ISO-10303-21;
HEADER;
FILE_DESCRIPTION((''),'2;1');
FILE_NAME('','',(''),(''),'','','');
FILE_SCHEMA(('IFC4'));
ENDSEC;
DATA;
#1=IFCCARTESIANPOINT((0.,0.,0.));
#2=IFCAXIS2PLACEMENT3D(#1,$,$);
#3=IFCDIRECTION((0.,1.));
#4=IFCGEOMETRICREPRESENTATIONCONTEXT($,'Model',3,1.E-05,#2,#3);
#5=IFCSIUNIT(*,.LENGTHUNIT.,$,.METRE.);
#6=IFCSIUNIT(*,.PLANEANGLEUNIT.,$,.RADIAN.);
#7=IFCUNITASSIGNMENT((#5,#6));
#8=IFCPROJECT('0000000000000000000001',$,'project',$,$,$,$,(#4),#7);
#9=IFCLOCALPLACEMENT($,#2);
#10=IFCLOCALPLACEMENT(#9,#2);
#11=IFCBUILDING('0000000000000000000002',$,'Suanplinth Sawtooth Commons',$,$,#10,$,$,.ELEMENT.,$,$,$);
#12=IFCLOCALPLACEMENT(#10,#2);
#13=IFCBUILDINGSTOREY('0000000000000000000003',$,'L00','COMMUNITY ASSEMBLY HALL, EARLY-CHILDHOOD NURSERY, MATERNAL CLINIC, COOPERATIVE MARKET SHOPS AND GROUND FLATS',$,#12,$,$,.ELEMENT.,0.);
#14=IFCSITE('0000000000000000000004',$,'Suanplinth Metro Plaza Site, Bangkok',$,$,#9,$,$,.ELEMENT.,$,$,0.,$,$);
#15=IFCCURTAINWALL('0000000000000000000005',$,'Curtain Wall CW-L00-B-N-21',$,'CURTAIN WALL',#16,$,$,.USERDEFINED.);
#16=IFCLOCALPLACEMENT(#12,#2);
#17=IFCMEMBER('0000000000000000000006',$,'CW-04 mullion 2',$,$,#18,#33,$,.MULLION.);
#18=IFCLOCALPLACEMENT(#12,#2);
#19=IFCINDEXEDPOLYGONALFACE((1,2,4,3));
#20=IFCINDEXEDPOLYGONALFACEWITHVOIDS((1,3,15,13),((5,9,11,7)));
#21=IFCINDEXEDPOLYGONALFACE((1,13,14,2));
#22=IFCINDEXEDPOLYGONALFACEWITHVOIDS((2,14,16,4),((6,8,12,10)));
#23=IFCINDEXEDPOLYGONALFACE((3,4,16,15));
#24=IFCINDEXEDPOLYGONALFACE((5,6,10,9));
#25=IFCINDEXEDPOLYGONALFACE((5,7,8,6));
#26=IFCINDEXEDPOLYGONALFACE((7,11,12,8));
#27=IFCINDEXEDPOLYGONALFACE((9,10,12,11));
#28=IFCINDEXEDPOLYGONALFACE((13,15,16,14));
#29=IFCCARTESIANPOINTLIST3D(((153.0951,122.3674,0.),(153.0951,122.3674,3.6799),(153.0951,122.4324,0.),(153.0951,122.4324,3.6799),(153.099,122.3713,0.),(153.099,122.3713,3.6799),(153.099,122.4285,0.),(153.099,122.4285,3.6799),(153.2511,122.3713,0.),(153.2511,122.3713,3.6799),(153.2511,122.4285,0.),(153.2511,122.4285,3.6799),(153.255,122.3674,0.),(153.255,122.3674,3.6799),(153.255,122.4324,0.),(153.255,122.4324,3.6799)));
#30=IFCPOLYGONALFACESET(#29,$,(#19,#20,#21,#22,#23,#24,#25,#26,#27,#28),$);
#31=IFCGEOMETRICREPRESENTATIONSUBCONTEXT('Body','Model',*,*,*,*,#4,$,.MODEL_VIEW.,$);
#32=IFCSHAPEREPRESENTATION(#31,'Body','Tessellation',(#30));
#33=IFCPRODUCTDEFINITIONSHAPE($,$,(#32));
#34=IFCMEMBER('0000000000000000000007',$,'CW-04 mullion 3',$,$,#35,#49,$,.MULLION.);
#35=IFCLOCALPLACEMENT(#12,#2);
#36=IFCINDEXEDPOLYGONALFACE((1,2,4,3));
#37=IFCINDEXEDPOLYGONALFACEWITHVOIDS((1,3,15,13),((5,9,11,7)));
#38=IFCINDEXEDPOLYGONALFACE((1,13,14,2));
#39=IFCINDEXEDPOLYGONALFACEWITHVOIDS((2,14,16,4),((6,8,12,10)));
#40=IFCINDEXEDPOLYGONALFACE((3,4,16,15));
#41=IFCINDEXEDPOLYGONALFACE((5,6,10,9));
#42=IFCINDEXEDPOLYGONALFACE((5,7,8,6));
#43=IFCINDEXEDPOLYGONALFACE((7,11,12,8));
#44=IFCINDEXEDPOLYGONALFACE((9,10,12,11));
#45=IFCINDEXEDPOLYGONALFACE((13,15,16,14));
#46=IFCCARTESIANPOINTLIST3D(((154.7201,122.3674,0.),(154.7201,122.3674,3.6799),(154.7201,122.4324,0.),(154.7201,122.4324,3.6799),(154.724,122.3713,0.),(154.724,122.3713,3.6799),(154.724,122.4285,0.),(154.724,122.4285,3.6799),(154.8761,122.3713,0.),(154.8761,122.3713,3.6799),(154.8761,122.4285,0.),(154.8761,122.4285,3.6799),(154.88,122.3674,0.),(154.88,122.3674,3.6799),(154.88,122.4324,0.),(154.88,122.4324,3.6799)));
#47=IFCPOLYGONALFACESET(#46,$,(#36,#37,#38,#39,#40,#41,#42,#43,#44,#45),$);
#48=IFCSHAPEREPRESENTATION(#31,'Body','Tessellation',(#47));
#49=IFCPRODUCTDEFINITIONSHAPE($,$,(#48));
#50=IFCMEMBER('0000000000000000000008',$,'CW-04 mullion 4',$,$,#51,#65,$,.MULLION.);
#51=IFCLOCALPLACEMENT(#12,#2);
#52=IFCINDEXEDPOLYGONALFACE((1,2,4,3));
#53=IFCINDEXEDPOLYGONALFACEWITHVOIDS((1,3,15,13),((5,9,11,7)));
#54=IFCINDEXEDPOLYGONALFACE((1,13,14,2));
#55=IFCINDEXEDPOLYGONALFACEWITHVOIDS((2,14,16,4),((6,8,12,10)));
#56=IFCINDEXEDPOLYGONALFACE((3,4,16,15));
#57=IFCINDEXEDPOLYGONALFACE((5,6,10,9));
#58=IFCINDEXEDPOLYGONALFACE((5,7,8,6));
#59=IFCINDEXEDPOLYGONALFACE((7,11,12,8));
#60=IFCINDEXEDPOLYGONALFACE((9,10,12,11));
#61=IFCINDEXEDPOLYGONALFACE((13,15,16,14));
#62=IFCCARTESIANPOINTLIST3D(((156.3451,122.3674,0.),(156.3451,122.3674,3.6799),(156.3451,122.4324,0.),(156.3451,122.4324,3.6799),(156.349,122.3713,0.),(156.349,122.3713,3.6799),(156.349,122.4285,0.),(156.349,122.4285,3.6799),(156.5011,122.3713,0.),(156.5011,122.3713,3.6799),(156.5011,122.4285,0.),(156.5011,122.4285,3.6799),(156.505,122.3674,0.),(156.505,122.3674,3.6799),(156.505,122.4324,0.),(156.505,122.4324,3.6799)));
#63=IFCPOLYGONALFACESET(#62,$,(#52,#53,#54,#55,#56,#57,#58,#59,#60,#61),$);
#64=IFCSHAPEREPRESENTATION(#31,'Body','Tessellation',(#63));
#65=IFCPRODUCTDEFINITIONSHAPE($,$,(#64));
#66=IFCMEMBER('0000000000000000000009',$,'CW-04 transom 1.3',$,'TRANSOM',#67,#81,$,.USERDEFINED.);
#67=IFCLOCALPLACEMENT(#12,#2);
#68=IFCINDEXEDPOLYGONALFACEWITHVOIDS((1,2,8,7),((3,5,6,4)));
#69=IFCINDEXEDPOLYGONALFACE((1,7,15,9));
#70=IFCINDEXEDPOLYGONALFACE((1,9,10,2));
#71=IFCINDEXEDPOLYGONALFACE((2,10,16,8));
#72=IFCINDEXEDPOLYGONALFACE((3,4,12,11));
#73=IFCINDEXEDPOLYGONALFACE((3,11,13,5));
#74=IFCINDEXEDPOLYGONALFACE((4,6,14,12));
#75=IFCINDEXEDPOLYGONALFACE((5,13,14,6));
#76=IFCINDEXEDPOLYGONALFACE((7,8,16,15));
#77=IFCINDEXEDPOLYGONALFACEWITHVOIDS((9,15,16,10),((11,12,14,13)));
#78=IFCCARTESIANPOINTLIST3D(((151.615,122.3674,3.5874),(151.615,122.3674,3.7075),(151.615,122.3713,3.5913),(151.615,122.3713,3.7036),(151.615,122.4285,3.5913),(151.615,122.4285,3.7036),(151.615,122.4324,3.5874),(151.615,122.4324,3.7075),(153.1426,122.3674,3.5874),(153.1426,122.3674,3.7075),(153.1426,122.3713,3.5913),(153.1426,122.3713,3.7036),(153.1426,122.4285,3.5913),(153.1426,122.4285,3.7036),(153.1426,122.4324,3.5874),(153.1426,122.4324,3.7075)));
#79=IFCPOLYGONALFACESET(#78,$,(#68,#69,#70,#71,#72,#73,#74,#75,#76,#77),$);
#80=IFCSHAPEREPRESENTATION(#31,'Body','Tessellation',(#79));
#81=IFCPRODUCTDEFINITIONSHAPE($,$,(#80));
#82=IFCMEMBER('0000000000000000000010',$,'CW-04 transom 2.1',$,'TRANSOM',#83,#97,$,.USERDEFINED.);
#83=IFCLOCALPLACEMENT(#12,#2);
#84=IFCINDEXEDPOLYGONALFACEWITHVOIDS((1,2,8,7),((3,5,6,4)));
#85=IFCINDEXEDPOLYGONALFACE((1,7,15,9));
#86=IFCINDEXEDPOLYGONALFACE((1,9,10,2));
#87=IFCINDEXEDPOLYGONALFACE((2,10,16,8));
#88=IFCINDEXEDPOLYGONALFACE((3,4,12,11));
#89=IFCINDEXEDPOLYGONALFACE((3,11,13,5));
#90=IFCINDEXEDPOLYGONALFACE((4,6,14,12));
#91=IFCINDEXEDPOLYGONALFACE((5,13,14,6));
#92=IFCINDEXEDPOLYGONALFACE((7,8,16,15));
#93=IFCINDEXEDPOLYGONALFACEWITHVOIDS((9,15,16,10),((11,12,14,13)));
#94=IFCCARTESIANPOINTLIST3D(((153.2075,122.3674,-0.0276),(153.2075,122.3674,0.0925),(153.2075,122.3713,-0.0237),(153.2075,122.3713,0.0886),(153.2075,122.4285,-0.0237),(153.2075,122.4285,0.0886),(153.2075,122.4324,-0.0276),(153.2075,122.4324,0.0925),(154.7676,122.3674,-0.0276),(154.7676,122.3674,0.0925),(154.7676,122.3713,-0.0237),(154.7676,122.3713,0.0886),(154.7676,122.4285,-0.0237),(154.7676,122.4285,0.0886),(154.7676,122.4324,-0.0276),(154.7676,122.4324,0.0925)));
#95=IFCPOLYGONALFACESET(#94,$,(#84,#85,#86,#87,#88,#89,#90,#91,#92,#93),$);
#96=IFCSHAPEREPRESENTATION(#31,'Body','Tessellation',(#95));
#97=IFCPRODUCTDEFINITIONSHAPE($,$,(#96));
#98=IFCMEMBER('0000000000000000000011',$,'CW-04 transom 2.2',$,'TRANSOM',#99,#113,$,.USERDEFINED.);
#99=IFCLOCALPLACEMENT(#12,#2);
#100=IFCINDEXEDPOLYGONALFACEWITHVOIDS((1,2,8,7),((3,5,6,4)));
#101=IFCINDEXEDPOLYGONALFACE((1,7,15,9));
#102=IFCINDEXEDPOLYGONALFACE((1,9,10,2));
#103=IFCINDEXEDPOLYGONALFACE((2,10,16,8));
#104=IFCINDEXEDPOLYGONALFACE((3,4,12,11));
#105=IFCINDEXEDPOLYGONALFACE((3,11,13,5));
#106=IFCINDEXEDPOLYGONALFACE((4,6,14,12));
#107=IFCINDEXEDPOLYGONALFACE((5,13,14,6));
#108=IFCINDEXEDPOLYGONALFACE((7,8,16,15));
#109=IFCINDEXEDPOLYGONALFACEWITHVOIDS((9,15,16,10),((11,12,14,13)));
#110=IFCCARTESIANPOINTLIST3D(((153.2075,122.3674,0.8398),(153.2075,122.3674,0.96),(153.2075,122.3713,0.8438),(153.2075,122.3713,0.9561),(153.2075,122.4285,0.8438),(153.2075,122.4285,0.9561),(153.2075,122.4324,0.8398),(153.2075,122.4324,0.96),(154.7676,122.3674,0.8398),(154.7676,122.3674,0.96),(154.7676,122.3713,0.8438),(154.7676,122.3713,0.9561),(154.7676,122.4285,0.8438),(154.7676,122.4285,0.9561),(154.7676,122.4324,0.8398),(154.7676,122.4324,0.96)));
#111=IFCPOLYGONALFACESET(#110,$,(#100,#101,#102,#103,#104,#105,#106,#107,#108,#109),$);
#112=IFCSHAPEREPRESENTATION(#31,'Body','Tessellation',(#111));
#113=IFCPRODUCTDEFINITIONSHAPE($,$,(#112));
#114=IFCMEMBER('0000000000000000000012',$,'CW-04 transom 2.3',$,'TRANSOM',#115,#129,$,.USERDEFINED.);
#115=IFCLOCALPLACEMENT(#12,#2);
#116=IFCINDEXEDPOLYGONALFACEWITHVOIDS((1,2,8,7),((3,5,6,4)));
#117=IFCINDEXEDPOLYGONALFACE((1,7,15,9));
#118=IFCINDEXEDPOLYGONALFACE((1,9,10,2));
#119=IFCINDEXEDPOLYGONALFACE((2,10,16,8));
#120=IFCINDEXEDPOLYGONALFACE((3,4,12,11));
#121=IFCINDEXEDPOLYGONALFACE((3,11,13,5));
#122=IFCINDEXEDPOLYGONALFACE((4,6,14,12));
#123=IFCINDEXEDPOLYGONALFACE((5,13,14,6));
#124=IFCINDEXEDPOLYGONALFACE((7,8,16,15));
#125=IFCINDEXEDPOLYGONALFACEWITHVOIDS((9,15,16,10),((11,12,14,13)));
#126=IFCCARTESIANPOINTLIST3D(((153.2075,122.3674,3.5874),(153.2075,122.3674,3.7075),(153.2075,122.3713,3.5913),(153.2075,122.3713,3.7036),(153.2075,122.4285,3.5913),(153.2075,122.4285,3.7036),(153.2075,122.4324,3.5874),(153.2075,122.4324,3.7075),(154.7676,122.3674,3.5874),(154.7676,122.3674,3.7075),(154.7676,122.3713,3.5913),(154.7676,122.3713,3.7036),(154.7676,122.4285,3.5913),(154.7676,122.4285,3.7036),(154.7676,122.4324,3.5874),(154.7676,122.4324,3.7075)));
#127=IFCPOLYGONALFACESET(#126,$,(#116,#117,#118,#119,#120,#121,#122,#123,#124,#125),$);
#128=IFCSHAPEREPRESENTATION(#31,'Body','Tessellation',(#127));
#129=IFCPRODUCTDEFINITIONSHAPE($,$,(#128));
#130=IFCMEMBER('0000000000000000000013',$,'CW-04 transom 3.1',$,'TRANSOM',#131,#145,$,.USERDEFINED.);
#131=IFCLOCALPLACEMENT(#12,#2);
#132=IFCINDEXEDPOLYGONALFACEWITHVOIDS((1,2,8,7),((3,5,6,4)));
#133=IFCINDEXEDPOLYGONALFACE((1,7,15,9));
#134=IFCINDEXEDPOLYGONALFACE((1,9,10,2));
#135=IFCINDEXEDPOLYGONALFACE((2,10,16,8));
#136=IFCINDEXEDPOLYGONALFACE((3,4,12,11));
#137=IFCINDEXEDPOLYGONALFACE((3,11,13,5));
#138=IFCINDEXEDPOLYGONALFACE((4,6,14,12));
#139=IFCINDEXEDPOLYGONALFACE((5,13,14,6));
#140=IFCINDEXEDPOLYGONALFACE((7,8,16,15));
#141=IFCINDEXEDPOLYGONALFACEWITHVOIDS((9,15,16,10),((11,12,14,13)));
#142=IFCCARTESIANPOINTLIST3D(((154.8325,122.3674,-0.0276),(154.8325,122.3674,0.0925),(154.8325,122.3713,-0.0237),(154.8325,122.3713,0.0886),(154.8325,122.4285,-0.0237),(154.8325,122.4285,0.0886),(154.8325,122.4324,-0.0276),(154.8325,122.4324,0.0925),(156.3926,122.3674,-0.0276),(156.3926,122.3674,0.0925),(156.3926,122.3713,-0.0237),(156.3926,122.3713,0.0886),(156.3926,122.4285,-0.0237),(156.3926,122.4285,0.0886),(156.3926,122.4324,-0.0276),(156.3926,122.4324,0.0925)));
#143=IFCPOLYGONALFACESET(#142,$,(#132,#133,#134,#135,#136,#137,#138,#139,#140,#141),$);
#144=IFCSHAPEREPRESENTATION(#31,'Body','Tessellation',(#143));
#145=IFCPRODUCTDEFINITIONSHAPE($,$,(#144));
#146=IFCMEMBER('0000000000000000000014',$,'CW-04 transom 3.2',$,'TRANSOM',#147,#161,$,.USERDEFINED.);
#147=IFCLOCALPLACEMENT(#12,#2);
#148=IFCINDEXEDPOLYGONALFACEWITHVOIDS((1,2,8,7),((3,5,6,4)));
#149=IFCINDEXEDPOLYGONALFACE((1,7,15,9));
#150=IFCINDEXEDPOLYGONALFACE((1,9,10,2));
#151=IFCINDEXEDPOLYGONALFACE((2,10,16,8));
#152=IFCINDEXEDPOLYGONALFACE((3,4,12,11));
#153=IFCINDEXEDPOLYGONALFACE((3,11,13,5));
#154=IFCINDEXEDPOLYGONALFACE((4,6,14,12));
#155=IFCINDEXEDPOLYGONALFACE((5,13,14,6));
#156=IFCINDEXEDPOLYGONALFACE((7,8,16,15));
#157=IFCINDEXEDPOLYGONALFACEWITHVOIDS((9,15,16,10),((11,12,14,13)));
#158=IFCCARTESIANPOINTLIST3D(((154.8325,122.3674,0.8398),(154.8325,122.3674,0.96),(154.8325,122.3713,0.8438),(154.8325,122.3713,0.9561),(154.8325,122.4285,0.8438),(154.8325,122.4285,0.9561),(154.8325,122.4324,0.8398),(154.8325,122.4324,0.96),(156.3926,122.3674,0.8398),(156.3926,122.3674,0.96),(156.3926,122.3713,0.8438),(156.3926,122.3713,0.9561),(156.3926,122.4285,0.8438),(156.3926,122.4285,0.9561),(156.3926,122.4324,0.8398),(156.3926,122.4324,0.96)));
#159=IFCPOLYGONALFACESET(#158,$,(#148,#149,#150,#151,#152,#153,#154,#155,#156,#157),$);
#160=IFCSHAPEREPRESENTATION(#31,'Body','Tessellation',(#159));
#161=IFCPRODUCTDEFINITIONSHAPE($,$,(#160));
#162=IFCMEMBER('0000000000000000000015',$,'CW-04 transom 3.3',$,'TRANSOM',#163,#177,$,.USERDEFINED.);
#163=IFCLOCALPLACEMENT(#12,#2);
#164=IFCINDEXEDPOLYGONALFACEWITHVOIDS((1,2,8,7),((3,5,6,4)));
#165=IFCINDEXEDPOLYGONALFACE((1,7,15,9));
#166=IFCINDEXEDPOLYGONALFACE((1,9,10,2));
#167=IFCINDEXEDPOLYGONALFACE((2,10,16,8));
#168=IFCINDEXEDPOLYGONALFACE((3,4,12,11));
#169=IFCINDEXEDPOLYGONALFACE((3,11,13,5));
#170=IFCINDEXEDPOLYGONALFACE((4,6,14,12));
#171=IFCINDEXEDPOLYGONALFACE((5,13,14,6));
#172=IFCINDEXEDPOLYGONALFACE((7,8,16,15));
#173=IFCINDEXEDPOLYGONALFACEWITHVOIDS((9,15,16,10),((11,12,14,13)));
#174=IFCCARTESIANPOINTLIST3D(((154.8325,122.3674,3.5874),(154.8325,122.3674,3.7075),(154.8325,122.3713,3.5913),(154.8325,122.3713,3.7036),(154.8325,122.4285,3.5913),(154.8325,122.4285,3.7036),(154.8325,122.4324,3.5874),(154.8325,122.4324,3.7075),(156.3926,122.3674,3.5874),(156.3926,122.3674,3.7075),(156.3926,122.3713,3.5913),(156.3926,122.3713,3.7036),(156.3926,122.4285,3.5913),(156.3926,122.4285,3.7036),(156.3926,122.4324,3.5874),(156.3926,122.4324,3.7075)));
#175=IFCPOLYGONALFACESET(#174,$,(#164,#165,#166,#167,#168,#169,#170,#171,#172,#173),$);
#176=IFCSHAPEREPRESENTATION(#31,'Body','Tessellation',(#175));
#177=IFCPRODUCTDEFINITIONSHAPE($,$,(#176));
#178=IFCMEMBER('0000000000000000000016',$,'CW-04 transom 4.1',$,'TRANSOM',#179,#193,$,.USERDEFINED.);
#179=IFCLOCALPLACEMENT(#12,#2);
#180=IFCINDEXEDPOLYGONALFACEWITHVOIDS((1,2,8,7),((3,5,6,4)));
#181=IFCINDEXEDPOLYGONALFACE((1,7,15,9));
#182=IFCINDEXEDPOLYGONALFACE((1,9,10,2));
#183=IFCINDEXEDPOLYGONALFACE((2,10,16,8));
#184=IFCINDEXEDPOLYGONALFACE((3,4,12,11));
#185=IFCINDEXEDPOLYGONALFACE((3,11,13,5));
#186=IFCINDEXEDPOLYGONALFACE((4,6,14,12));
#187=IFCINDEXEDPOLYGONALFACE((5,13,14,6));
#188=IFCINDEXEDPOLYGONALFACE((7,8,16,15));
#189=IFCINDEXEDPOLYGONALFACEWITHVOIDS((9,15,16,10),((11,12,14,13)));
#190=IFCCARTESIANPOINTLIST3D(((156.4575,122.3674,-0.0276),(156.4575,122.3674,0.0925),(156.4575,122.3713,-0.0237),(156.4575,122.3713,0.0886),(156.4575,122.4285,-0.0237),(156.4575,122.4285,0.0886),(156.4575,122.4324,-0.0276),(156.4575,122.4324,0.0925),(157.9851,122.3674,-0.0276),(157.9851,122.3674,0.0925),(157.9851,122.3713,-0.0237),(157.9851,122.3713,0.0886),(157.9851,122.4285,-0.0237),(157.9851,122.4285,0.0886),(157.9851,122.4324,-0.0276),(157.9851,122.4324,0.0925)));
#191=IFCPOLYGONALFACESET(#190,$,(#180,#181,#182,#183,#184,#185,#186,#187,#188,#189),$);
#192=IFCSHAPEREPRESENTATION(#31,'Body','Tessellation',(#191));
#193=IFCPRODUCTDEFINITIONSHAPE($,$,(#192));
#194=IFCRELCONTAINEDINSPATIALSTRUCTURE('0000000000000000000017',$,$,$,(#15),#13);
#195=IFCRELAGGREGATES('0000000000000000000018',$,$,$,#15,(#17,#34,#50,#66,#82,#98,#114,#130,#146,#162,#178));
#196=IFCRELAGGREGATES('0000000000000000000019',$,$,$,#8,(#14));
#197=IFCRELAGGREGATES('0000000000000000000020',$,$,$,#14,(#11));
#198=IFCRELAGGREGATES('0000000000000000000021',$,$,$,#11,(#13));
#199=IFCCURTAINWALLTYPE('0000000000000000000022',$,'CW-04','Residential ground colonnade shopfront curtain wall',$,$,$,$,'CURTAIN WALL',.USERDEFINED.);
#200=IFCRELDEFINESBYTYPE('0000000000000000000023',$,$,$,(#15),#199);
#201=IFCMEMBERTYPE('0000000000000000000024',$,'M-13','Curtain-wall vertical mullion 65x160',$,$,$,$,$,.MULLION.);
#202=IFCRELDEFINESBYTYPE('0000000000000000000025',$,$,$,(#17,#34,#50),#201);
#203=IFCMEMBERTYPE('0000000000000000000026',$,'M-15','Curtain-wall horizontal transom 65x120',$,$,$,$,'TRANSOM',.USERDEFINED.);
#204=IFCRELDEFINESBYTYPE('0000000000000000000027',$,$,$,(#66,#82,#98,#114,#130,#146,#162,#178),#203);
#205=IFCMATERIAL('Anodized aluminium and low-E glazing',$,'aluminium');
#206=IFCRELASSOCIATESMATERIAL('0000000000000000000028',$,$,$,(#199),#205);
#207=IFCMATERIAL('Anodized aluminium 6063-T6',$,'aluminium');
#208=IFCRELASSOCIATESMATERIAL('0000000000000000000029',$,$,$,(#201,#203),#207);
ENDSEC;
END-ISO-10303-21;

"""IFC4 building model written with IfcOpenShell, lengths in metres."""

from ifc_helpers import new_model, si_unit, direction, frame, origin, origin_2d, place, context, subcontext, project, spatial, hollow_rectangle, extrude, material, material_profile, profile_set, type_object, element, aggregate, save


model = new_model("IFC4")

# Units and contexts
model_context = context("Model", 3, precision=1e-05, world=origin(), true_north=direction((0.0, 1.0)))
body_context = subcontext(model_context, "Body", "Model", "MODEL_VIEW")
ifc_project = project(units=[si_unit("LENGTHUNIT", "METRE"), si_unit("PLANEANGLEUNIT", "RADIAN")], contexts=[model_context])

# Site, building, storey
site_placement = place(None, origin())
site = spatial("IfcSite", under=ifc_project, at=site_placement, Name="Suanplinth Metro Plaza Site, Bangkok", CompositionType="ELEMENT", RefElevation=0.0)
building_placement = place(site_placement, origin())
building = spatial("IfcBuilding", under=site, at=building_placement, Name="Suanplinth Sawtooth Commons", CompositionType="ELEMENT")
storey_placement = place(building_placement, origin())
storey = spatial("IfcBuildingStorey", under=building, at=storey_placement, Name="L00", Description="COMMUNITY ASSEMBLY HALL, EARLY-CHILDHOOD NURSERY, MATERNAL CLINIC, COOPERATIVE MARKET SHOPS AND GROUND FLATS", CompositionType="ELEMENT", Elevation=0.0)

# Curtain wall, members
ifc_material_1 = material(Name="Anodized aluminium and low-E glazing", Category="aluminium")
curtain_wall_type = type_object("IfcCurtainWallType", Name="CW-04", Description="Residential ground colonnade shopfront curtain wall", ElementType="CURTAIN WALL", PredefinedType="USERDEFINED", material=ifc_material_1)
curtain_wall_placement = place(storey_placement, origin())
curtain_wall = element("IfcCurtainWall", 1, at=curtain_wall_placement, inside=storey, type_object=curtain_wall_type, Name="Curtain Wall CW-L00-B-N-21", ObjectType="CURTAIN WALL", PredefinedType="USERDEFINED")
ifc_material_2 = material(Name="Anodized aluminium 6063-T6", Category="aluminium")
ifc_material_profile_1 = material_profile(ifc_material_2, hollow_rectangle(XDim=0.0649, YDim=0.1599, WallThickness=0.0039, at=origin_2d()), Name="ALU-MUL 65x160")
ifc_profile_set_1 = profile_set([ifc_material_profile_1], Name="Anodized aluminium 6063-T6")
member_type_1 = type_object("IfcMemberType", Name="M-13", Description="Curtain-wall vertical mullion 65x160", PredefinedType="MULLION", material=ifc_profile_set_1)
member_1_placement = place(storey_placement, frame((153.175, 122.3999, 0.0), z_axis=(0.0, 0.0, 1.0), x_axis=(0.0, 1.0, 0.0)))
member_1 = element("IfcMember", 2, at=member_1_placement, type_object=member_type_1, Name="CW-04 mullion 2", PredefinedType="MULLION", context=body_context, shape_type="SweptSolid", body=[
    extrude(hollow_rectangle(XDim=0.0649, YDim=0.1599, WallThickness=0.0039, at=origin_2d()), origin(), (0.0, 0.0, 1.0), 3.6799),
])
member_2_placement = place(storey_placement, frame((154.8, 122.3999, 0.0), z_axis=(0.0, 0.0, 1.0), x_axis=(0.0, 1.0, 0.0)))
member_2 = element("IfcMember", 3, at=member_2_placement, type_object=member_type_1, Name="CW-04 mullion 3", PredefinedType="MULLION", context=body_context, shape_type="SweptSolid", body=[
    extrude(hollow_rectangle(XDim=0.0649, YDim=0.1599, WallThickness=0.0039, at=origin_2d()), origin(), (0.0, 0.0, 1.0), 3.6799),
])
member_3_placement = place(storey_placement, frame((156.425, 122.3999, 0.0), z_axis=(0.0, 0.0, 1.0), x_axis=(0.0, 1.0, 0.0)))
member_3 = element("IfcMember", 4, at=member_3_placement, type_object=member_type_1, Name="CW-04 mullion 4", PredefinedType="MULLION", context=body_context, shape_type="SweptSolid", body=[
    extrude(hollow_rectangle(XDim=0.0649, YDim=0.1599, WallThickness=0.0039, at=origin_2d()), origin(), (0.0, 0.0, 1.0), 3.6799),
])
ifc_material_profile_2 = material_profile(ifc_material_2, hollow_rectangle(XDim=0.0649, YDim=0.1201, WallThickness=0.0039, at=origin_2d()), Name="ALU-TRN 65x120")
ifc_profile_set_2 = profile_set([ifc_material_profile_2], Name="Anodized aluminium 6063-T6")
member_type_2 = type_object("IfcMemberType", Name="M-15", Description="Curtain-wall horizontal transom 65x120", ElementType="TRANSOM", PredefinedType="USERDEFINED", material=ifc_profile_set_2)
member_4_placement = place(storey_placement, frame((151.615, 122.3999, 3.6475), z_axis=(1.0, 0.0, 0.0), x_axis=(0.0, 1.0, 0.0)))
member_4 = element("IfcMember", 5, at=member_4_placement, type_object=member_type_2, Name="CW-04 transom 1.3", ObjectType="TRANSOM", PredefinedType="USERDEFINED", context=body_context, shape_type="SweptSolid", body=[
    extrude(hollow_rectangle(XDim=0.0649, YDim=0.1201, WallThickness=0.0039, at=origin_2d()), origin(), (0.0, 0.0, 1.0), 1.5276),
])
member_5_placement = place(storey_placement, frame((153.2075, 122.3999, 0.0325), z_axis=(1.0, 0.0, 0.0), x_axis=(0.0, 1.0, 0.0)))
member_5 = element("IfcMember", 6, at=member_5_placement, type_object=member_type_2, Name="CW-04 transom 2.1", ObjectType="TRANSOM", PredefinedType="USERDEFINED", context=body_context, shape_type="SweptSolid", body=[
    extrude(hollow_rectangle(XDim=0.0649, YDim=0.1201, WallThickness=0.0039, at=origin_2d()), origin(), (0.0, 0.0, 1.0), 1.5601),
])
member_6_placement = place(storey_placement, frame((153.2075, 122.3999, 0.8999), z_axis=(1.0, 0.0, 0.0), x_axis=(0.0, 1.0, 0.0)))
member_6 = element("IfcMember", 7, at=member_6_placement, type_object=member_type_2, Name="CW-04 transom 2.2", ObjectType="TRANSOM", PredefinedType="USERDEFINED", context=body_context, shape_type="SweptSolid", body=[
    extrude(hollow_rectangle(XDim=0.0649, YDim=0.1201, WallThickness=0.0039, at=origin_2d()), origin(), (0.0, 0.0, 1.0), 1.5601),
])
member_7_placement = place(storey_placement, frame((153.2075, 122.3999, 3.6475), z_axis=(1.0, 0.0, 0.0), x_axis=(0.0, 1.0, 0.0)))
member_7 = element("IfcMember", 8, at=member_7_placement, type_object=member_type_2, Name="CW-04 transom 2.3", ObjectType="TRANSOM", PredefinedType="USERDEFINED", context=body_context, shape_type="SweptSolid", body=[
    extrude(hollow_rectangle(XDim=0.0649, YDim=0.1201, WallThickness=0.0039, at=origin_2d()), origin(), (0.0, 0.0, 1.0), 1.5601),
])
member_8_placement = place(storey_placement, frame((154.8325, 122.3999, 0.0325), z_axis=(1.0, 0.0, 0.0), x_axis=(0.0, 1.0, 0.0)))
member_8 = element("IfcMember", 9, at=member_8_placement, type_object=member_type_2, Name="CW-04 transom 3.1", ObjectType="TRANSOM", PredefinedType="USERDEFINED", context=body_context, shape_type="SweptSolid", body=[
    extrude(hollow_rectangle(XDim=0.0649, YDim=0.1201, WallThickness=0.0039, at=origin_2d()), origin(), (0.0, 0.0, 1.0), 1.5601),
])
member_9_placement = place(storey_placement, frame((154.8325, 122.3999, 0.8999), z_axis=(1.0, 0.0, 0.0), x_axis=(0.0, 1.0, 0.0)))
member_9 = element("IfcMember", 10, at=member_9_placement, type_object=member_type_2, Name="CW-04 transom 3.2", ObjectType="TRANSOM", PredefinedType="USERDEFINED", context=body_context, shape_type="SweptSolid", body=[
    extrude(hollow_rectangle(XDim=0.0649, YDim=0.1201, WallThickness=0.0039, at=origin_2d()), origin(), (0.0, 0.0, 1.0), 1.5601),
])
member_10_placement = place(storey_placement, frame((154.8325, 122.3999, 3.6475), z_axis=(1.0, 0.0, 0.0), x_axis=(0.0, 1.0, 0.0)))
member_10 = element("IfcMember", 11, at=member_10_placement, type_object=member_type_2, Name="CW-04 transom 3.3", ObjectType="TRANSOM", PredefinedType="USERDEFINED", context=body_context, shape_type="SweptSolid", body=[
    extrude(hollow_rectangle(XDim=0.0649, YDim=0.1201, WallThickness=0.0039, at=origin_2d()), origin(), (0.0, 0.0, 1.0), 1.5601),
])
member_11_placement = place(storey_placement, frame((156.4575, 122.3999, 0.0325), z_axis=(1.0, 0.0, 0.0), x_axis=(0.0, 1.0, 0.0)))
member_11 = element("IfcMember", 12, at=member_11_placement, type_object=member_type_2, Name="CW-04 transom 4.1", ObjectType="TRANSOM", PredefinedType="USERDEFINED", context=body_context, shape_type="SweptSolid", body=[
    extrude(hollow_rectangle(XDim=0.0649, YDim=0.1201, WallThickness=0.0039, at=origin_2d()), origin(), (0.0, 0.0, 1.0), 1.5276),
])
aggregate(curtain_wall, [member_1, member_2, member_3, member_4, member_5, member_6, member_7, member_8, member_9, member_10, member_11])

save(model, "model.ifc")
